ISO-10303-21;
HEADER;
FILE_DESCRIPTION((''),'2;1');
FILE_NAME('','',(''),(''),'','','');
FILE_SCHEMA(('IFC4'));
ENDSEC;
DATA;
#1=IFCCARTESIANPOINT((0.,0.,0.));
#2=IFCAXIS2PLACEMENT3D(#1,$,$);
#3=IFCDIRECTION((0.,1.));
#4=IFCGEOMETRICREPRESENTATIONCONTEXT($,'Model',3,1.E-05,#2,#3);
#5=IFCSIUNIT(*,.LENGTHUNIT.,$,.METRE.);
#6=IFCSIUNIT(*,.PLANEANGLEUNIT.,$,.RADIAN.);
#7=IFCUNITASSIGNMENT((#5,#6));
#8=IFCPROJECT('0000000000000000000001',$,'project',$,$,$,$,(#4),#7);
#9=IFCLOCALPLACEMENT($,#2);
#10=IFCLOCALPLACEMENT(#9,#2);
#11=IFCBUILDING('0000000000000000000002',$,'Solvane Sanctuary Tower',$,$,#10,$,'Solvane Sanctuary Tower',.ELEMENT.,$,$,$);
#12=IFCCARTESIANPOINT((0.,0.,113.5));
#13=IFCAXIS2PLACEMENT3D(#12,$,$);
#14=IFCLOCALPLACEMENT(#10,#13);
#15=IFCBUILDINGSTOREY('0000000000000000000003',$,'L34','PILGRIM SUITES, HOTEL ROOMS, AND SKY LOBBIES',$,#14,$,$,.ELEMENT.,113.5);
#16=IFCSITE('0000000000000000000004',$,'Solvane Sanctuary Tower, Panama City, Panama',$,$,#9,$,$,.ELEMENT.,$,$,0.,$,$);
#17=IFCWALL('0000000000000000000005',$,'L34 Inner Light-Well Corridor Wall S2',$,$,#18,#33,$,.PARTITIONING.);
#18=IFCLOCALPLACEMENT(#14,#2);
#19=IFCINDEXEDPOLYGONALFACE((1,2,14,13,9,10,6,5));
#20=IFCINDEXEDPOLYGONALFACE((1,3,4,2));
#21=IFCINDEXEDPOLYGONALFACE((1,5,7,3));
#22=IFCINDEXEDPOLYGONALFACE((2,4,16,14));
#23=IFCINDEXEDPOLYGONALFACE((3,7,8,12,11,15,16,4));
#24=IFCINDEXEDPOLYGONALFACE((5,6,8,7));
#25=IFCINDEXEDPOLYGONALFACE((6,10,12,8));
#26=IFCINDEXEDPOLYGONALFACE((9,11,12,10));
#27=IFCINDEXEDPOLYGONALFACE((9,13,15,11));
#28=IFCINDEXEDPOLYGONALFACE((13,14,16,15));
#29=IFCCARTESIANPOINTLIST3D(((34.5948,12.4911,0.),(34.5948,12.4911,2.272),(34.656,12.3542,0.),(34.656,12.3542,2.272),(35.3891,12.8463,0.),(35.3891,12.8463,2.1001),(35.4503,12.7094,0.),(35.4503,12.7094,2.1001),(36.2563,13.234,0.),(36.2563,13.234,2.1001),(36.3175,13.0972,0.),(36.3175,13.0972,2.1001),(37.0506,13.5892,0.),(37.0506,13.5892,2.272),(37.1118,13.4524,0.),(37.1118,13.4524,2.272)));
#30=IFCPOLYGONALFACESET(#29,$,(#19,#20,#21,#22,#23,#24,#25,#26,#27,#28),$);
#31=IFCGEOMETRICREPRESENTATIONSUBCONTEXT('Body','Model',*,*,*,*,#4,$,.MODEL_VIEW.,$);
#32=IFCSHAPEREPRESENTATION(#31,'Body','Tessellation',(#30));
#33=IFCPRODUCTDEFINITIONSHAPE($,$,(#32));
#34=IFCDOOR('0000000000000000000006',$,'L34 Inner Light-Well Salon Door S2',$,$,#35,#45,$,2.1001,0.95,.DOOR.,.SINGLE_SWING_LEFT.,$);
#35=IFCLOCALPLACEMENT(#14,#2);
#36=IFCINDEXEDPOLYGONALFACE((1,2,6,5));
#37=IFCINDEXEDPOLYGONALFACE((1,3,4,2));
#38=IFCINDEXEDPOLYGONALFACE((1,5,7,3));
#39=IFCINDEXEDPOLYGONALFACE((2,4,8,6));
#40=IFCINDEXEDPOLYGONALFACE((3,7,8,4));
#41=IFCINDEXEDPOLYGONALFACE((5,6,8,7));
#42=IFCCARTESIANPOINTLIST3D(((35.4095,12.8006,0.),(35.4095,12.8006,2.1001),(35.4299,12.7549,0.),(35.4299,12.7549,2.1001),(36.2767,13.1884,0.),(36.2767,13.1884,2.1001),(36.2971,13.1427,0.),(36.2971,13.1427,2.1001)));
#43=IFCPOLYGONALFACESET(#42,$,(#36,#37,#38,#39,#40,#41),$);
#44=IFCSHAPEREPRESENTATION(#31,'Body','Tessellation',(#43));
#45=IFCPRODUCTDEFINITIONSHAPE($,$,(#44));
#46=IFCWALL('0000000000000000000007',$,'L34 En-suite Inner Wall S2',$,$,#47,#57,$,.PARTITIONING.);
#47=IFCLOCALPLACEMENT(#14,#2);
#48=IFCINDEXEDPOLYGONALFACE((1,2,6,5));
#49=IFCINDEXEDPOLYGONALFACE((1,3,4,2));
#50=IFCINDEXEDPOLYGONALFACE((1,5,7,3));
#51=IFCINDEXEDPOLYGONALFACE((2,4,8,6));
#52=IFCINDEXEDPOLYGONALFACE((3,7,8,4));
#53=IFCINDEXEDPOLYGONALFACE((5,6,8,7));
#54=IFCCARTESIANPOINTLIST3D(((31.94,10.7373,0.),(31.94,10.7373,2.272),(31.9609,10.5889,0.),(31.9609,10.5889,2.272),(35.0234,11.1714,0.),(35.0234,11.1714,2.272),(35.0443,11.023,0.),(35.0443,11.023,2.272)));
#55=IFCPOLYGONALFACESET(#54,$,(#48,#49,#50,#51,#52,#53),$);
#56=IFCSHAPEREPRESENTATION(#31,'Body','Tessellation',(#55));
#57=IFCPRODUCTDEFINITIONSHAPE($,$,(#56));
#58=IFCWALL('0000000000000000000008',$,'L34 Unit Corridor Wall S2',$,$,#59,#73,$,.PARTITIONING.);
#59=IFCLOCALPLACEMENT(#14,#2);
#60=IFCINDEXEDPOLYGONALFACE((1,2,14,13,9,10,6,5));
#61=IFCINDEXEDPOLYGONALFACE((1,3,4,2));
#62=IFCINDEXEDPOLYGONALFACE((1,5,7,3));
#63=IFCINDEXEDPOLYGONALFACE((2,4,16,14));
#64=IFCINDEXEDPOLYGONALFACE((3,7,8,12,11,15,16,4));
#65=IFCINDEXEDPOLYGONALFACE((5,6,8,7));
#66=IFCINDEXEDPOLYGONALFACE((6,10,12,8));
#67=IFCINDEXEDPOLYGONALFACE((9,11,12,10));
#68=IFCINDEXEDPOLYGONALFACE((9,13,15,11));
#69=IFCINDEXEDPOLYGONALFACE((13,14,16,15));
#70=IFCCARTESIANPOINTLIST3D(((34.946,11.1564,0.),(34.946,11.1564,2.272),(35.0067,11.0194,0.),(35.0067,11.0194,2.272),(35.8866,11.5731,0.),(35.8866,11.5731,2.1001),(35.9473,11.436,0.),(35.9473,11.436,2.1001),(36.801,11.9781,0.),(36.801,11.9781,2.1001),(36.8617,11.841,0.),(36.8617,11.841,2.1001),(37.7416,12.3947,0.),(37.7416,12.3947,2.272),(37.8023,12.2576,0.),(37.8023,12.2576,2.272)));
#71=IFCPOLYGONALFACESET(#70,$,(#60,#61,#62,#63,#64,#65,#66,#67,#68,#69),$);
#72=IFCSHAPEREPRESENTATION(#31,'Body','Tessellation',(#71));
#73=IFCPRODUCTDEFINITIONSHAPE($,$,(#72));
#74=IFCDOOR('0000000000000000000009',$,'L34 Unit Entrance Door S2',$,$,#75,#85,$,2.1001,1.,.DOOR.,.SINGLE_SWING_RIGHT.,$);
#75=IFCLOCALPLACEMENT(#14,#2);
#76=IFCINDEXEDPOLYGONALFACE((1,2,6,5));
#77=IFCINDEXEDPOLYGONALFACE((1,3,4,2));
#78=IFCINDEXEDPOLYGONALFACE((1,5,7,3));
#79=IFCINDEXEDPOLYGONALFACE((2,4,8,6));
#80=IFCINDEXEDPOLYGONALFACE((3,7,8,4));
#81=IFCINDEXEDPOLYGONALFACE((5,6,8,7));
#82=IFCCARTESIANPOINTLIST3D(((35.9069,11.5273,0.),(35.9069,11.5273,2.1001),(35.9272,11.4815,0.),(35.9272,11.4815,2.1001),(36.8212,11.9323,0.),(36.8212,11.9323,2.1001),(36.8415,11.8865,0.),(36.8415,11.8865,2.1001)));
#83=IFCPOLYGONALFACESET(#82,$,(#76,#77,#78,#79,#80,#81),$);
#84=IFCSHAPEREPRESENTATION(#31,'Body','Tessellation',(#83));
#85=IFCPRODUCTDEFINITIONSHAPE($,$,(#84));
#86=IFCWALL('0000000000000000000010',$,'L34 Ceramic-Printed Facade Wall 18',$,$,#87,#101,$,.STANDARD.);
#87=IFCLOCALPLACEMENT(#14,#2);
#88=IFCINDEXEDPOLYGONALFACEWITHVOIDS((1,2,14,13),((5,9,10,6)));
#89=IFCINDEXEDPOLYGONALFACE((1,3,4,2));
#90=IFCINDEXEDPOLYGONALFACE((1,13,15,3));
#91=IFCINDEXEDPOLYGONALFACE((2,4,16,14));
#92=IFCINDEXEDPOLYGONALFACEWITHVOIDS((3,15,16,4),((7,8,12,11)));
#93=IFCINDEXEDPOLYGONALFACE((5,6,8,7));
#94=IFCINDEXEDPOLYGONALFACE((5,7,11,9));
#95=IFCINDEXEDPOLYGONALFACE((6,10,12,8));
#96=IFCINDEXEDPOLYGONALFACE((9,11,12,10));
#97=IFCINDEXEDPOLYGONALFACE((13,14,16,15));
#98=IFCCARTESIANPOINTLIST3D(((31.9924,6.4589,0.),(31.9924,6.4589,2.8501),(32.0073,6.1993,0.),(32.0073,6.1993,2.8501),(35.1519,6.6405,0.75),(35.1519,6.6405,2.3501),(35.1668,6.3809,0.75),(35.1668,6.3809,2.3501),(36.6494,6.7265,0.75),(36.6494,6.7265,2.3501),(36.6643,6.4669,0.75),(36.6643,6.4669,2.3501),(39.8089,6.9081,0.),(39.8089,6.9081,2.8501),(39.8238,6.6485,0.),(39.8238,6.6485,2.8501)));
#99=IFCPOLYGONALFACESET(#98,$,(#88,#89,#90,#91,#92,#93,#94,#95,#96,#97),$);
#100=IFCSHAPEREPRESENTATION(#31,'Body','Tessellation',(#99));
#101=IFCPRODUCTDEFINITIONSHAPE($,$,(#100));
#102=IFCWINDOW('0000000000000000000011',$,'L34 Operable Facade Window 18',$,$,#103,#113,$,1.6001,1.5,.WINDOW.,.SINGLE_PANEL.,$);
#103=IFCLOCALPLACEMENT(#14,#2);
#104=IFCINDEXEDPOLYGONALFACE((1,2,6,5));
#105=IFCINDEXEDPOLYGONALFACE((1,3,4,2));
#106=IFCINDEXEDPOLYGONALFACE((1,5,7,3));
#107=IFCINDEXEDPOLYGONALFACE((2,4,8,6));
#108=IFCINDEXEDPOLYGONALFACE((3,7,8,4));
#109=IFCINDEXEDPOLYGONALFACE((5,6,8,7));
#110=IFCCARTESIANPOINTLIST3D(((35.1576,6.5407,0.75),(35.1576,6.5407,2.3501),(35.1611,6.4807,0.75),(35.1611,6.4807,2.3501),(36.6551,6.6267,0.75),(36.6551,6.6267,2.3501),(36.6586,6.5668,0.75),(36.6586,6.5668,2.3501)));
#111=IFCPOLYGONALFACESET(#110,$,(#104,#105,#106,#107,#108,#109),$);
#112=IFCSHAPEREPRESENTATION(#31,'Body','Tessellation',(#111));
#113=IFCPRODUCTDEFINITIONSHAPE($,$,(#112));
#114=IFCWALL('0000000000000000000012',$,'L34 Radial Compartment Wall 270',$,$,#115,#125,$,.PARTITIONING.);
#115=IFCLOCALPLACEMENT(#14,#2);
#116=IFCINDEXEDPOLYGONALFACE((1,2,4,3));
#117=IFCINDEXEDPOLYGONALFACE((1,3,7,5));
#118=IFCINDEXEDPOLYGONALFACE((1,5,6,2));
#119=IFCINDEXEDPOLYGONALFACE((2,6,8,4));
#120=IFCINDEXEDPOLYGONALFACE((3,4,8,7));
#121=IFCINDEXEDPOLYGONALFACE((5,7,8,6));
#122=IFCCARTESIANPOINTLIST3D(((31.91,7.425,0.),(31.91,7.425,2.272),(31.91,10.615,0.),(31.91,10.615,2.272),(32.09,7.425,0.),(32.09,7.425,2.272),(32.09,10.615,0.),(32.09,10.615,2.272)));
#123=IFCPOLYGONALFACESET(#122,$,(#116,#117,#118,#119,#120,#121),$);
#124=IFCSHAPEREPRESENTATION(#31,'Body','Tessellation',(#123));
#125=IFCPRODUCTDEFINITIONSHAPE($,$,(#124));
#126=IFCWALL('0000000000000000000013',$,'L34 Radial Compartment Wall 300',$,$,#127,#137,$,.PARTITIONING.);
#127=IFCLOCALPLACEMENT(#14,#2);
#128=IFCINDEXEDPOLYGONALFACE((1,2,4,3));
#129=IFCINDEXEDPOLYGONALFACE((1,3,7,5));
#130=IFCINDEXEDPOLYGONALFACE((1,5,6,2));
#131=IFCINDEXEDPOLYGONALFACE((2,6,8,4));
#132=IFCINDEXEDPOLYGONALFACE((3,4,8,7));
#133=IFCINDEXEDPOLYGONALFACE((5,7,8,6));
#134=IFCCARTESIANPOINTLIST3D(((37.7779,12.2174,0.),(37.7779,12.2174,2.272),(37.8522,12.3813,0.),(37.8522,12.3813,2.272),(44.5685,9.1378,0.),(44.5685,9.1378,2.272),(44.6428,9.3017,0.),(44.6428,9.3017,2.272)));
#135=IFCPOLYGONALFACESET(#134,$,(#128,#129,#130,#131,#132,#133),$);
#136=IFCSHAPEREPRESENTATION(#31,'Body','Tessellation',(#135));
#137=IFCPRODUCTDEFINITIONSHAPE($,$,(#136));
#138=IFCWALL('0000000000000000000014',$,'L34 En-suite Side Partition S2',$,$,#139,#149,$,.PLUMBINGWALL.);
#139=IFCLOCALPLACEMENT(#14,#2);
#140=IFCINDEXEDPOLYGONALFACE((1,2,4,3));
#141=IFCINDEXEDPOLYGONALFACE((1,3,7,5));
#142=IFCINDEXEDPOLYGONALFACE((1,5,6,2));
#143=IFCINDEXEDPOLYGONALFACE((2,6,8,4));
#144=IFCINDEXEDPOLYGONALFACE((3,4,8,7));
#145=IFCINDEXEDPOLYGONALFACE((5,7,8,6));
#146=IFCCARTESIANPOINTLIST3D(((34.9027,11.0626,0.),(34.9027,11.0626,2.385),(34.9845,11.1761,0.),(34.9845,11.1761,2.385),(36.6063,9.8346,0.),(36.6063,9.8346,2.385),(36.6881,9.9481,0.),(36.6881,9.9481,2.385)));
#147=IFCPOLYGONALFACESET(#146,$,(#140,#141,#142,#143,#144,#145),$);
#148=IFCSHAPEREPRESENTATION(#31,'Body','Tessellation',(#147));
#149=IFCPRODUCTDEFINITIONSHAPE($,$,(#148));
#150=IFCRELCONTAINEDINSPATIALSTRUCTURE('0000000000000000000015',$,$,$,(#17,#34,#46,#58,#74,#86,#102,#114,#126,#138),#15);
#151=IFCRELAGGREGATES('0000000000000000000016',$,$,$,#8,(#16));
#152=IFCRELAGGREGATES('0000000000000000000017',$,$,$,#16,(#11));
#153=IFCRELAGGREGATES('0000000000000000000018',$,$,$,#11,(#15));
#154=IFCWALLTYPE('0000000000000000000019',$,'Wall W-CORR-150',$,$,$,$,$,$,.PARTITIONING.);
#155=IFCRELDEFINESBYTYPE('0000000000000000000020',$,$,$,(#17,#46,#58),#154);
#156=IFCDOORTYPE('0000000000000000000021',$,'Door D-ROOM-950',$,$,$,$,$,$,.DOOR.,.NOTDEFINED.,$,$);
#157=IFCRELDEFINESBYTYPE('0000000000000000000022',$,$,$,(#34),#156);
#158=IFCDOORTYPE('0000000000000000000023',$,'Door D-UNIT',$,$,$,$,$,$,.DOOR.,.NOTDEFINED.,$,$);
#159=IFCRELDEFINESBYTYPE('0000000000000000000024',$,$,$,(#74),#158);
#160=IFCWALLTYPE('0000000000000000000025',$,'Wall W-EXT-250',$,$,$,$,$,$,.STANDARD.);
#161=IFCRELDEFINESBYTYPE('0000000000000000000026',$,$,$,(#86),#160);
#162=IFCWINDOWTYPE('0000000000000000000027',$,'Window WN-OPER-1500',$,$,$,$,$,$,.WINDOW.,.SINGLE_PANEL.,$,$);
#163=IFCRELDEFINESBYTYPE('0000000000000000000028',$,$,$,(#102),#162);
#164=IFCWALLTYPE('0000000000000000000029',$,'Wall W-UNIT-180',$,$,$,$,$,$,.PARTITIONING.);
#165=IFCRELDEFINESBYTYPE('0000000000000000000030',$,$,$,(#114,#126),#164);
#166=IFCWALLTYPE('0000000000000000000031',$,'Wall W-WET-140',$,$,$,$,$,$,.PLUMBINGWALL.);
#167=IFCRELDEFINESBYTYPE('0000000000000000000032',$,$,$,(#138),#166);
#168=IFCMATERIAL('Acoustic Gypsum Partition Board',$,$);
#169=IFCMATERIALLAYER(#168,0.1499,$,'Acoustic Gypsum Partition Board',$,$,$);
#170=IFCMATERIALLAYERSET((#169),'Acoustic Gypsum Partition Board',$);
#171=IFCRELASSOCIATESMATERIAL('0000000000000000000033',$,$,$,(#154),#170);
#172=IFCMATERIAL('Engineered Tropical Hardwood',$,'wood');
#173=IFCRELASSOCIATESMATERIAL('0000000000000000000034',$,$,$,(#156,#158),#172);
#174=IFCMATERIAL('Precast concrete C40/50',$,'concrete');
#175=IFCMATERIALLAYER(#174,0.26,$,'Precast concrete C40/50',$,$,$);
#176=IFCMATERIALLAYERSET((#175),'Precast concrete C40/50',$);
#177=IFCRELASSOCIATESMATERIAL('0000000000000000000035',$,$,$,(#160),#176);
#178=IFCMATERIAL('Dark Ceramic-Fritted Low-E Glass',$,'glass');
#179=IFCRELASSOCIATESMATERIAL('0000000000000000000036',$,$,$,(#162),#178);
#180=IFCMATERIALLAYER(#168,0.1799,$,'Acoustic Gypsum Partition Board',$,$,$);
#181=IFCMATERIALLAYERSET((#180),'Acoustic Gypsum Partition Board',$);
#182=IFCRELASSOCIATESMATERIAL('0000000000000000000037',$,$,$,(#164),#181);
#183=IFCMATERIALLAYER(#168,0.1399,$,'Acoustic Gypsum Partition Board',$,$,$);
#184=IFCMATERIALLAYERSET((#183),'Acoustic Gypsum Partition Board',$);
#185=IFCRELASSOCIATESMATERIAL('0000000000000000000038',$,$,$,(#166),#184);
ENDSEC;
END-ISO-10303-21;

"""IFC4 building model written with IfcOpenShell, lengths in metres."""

from ifc_helpers import new_model, si_unit, direction, frame, frame_2d, origin, place, context, subcontext, project, spatial, rectangle, extrude, material, layer, layer_set, type_object, element, fill, save


model = new_model("IFC4")

# Units and contexts
model_context = context("Model", 3, precision=1e-05, world=origin(), true_north=direction((0.0, 1.0)))
body_context = subcontext(model_context, "Body", "Model", "MODEL_VIEW")
ifc_project = project(units=[si_unit("LENGTHUNIT", "METRE"), si_unit("PLANEANGLEUNIT", "RADIAN")], contexts=[model_context])

# Site, building, storey
site_placement = place(None, origin())
site = spatial("IfcSite", under=ifc_project, at=site_placement, Name="Solvane Sanctuary Tower, Panama City, Panama", CompositionType="ELEMENT", RefElevation=0.0)
building_placement = place(site_placement, origin())
building = spatial("IfcBuilding", under=site, at=building_placement, Name="Solvane Sanctuary Tower", LongName="Solvane Sanctuary Tower", CompositionType="ELEMENT")
storey_placement = place(building_placement, frame((0.0, 0.0, 113.5)))
storey = spatial("IfcBuildingStorey", under=building, at=storey_placement, Name="L34", Description="PILGRIM SUITES, HOTEL ROOMS, AND SKY LOBBIES", CompositionType="ELEMENT", Elevation=113.5)

# Shared definitions
ifc_material_1 = material(Name="Acoustic Gypsum Partition Board")
ifc_layer_1 = layer(ifc_material_1, 0.1499, Name="Acoustic Gypsum Partition Board")
ifc_layer_set_1 = layer_set([ifc_layer_1], Name="Acoustic Gypsum Partition Board")
wall_type_1 = type_object("IfcWallType", Name="Wall W-CORR-150", PredefinedType="PARTITIONING", material=ifc_layer_set_1)

# Shared definitions
ifc_material_2 = material(Name="Engineered Tropical Hardwood", Category="wood")

# Wall, opening, door
wall_1_placement = place(storey_placement, frame((34.6252, 12.4226, 0.0), z_axis=(0.0, 0.0, 1.0), x_axis=(0.912889, 0.408209, 0.0)))
wall_1 = element("IfcWall", 1, at=wall_1_placement, inside=storey, type_object=wall_type_1, Name="L34 Inner Light-Well Corridor Wall S2", PredefinedType="PARTITIONING", context=body_context, shape_type="SweptSolid", body=[
    extrude(rectangle(XDim=2.6902, YDim=0.1499, at=frame_2d((1.3452, 0.0))), origin(), (0.0, 0.0, 1.0), 2.272),
])
opening_1_placement = place(wall_1_placement, frame((0.8701, 0.0, 0.0)))
opening_1 = element("IfcOpeningElement", 2, at=opening_1_placement, cuts=wall_1, PredefinedType="OPENING", context=body_context, shape_type="SweptSolid", body=[
    extrude(rectangle(XDim=0.95, YDim=2.1001, at=frame_2d((0.4751, 1.05))), frame((0.0, 0.085, 0.0), z_axis=(0.0, -1.0, 0.0), x_axis=(1.0, 0.0, 0.0)), (0.0, 0.0, 1.0), 0.1699),
])
door_type_1 = type_object("IfcDoorType", Name="Door D-ROOM-950", OperationType="NOTDEFINED", PredefinedType="DOOR", material=ifc_material_2)
door_1_placement = place(opening_1_placement, origin())
door_1 = element("IfcDoor", 3, at=door_1_placement, inside=storey, type_object=door_type_1, Name="L34 Inner Light-Well Salon Door S2", OperationType="SINGLE_SWING_LEFT", OverallHeight=2.1001, OverallWidth=0.95, PredefinedType="DOOR", context=body_context, shape_type="SweptSolid", body=[
    extrude(rectangle(XDim=0.95, YDim=2.1001, at=frame_2d((0.4751, 1.05))), frame((0.0, 0.0249, 0.0), z_axis=(0.0, -1.0, 0.0), x_axis=(1.0, 0.0, 0.0)), (0.0, 0.0, 1.0), 0.05),
])
fill(opening_1, door_1)

# Wall
wall_2_placement = place(storey_placement, frame((31.9504, 10.6631, 0.0), z_axis=(0.0, 0.0, 1.0), x_axis=(0.990234, 0.139412, 0.0)))
element("IfcWall", 4, at=wall_2_placement, inside=storey, type_object=wall_type_1, Name="L34 En-suite Inner Wall S2", PredefinedType="PARTITIONING", context=body_context, shape_type="SweptSolid", body=[
    extrude(rectangle(XDim=3.1138, YDim=0.1499, at=frame_2d((1.5569, 0.0))), origin(), (0.0, 0.0, 1.0), 2.272),
])

# Wall, opening, door
wall_3_placement = place(storey_placement, frame((34.9763, 11.0879, 0.0), z_axis=(0.0, 0.0, 1.0), x_axis=(0.914324, 0.404982, 0.0)))
wall_3 = element("IfcWall", 5, at=wall_3_placement, inside=storey, type_object=wall_type_1, Name="L34 Unit Corridor Wall S2", PredefinedType="PARTITIONING", context=body_context, shape_type="SweptSolid", body=[
    extrude(rectangle(XDim=3.0576, YDim=0.1499, at=frame_2d((1.5288, 0.0))), origin(), (0.0, 0.0, 1.0), 2.272),
])
opening_2_placement = place(wall_3_placement, frame((1.0288, 0.0, 0.0)))
opening_2 = element("IfcOpeningElement", 6, at=opening_2_placement, cuts=wall_3, PredefinedType="OPENING", context=body_context, shape_type="SweptSolid", body=[
    extrude(rectangle(XDim=1.0, YDim=2.1001, at=frame_2d((0.5, 1.05))), frame((0.0, 0.085, 0.0), z_axis=(0.0, -1.0, 0.0), x_axis=(1.0, 0.0, 0.0)), (0.0, 0.0, 1.0), 0.1699),
])
door_type_2 = type_object("IfcDoorType", Name="Door D-UNIT", OperationType="NOTDEFINED", PredefinedType="DOOR", material=ifc_material_2)
door_2_placement = place(opening_2_placement, origin())
door_2 = element("IfcDoor", 7, at=door_2_placement, inside=storey, type_object=door_type_2, Name="L34 Unit Entrance Door S2", OperationType="SINGLE_SWING_RIGHT", OverallHeight=2.1001, OverallWidth=1.0, PredefinedType="DOOR", context=body_context, shape_type="SweptSolid", body=[
    extrude(rectangle(XDim=1.0, YDim=2.1001, at=frame_2d((0.5, 1.05))), frame((0.0, 0.0249, 0.0), z_axis=(0.0, -1.0, 0.0), x_axis=(1.0, 0.0, 0.0)), (0.0, 0.0, 1.0), 0.05),
])
fill(opening_2, door_2)

# Wall, opening, window
ifc_material_3 = material(Name="Precast concrete C40/50", Category="concrete")
ifc_layer_2 = layer(ifc_material_3, 0.26, Name="Precast concrete C40/50")
ifc_layer_set_2 = layer_set([ifc_layer_2], Name="Precast concrete C40/50")
wall_type_2 = type_object("IfcWallType", Name="Wall W-EXT-250", PredefinedType="STANDARD", material=ifc_layer_set_2)
wall_4_placement = place(storey_placement, frame((32.0, 6.3291, 0.0), z_axis=(0.0, 0.0, 1.0), x_axis=(0.998353, 0.057377, 0.0)))
wall_4 = element("IfcWall", 8, at=wall_4_placement, inside=storey, type_object=wall_type_2, Name="L34 Ceramic-Printed Facade Wall 18", PredefinedType="STANDARD", context=body_context, shape_type="SweptSolid", body=[
    extrude(rectangle(XDim=7.8293, YDim=0.26, at=frame_2d((3.9146, 0.0))), origin(), (0.0, 0.0, 1.0), 2.8501),
])
opening_3_placement = place(wall_4_placement, frame((3.1646, 0.0, 0.75)))
opening_3 = element("IfcOpeningElement", 9, at=opening_3_placement, cuts=wall_4, PredefinedType="OPENING", context=body_context, shape_type="SweptSolid", body=[
    extrude(rectangle(XDim=1.5, YDim=1.6001, at=frame_2d((0.75, 0.8))), frame((0.0, 0.1399, 0.0), z_axis=(0.0, -1.0, 0.0), x_axis=(1.0, 0.0, 0.0)), (0.0, 0.0, 1.0), 0.28),
])
ifc_material_4 = material(Name="Dark Ceramic-Fritted Low-E Glass", Category="glass")
window_type = type_object("IfcWindowType", Name="Window WN-OPER-1500", PartitioningType="SINGLE_PANEL", PredefinedType="WINDOW", material=ifc_material_4)
window_placement = place(opening_3_placement, origin())
window = element("IfcWindow", 10, at=window_placement, inside=storey, type_object=window_type, Name="L34 Operable Facade Window 18", OverallHeight=1.6001, OverallWidth=1.5, PartitioningType="SINGLE_PANEL", PredefinedType="WINDOW", context=body_context, shape_type="SweptSolid", body=[
    extrude(rectangle(XDim=1.5, YDim=1.6001, at=frame_2d((0.75, 0.8))), frame((0.0, 0.03, 0.0), z_axis=(0.0, -1.0, 0.0), x_axis=(1.0, 0.0, 0.0)), (0.0, 0.0, 1.0), 0.0601),
])
fill(opening_3, window)

# Walls
ifc_layer_3 = layer(ifc_material_1, 0.1799, Name="Acoustic Gypsum Partition Board")
ifc_layer_set_3 = layer_set([ifc_layer_3], Name="Acoustic Gypsum Partition Board")
wall_type_3 = type_object("IfcWallType", Name="Wall W-UNIT-180", PredefinedType="PARTITIONING", material=ifc_layer_set_3)
wall_5_placement = place(storey_placement, frame((32.0, 10.615, 0.0), z_axis=(0.0, 0.0, 1.0), x_axis=(0.0, -1.0, 0.0)))
element("IfcWall", 11, at=wall_5_placement, inside=storey, type_object=wall_type_3, Name="L34 Radial Compartment Wall 270", PredefinedType="PARTITIONING", context=body_context, shape_type="SweptSolid", body=[
    extrude(rectangle(XDim=3.1899, YDim=0.1799, at=frame_2d((1.595, 0.0))), origin(), (0.0, 0.0, 1.0), 2.272),
])
wall_6_placement = place(storey_placement, frame((37.8152, 12.2993, 0.0), z_axis=(0.0, 0.0, 1.0), x_axis=(0.91072, -0.413023, 0.0)))
element("IfcWall", 12, at=wall_6_placement, inside=storey, type_object=wall_type_3, Name="L34 Radial Compartment Wall 300", PredefinedType="PARTITIONING", context=body_context, shape_type="SweptSolid", body=[
    extrude(rectangle(XDim=7.4563, YDim=0.1799, at=frame_2d((3.728, 0.0))), origin(), (0.0, 0.0, 1.0), 2.272),
])
ifc_layer_4 = layer(ifc_material_1, 0.1399, Name="Acoustic Gypsum Partition Board")
ifc_layer_set_4 = layer_set([ifc_layer_4], Name="Acoustic Gypsum Partition Board")
wall_type_4 = type_object("IfcWallType", Name="Wall W-WET-140", PredefinedType="PLUMBINGWALL", material=ifc_layer_set_4)
wall_7_placement = place(storey_placement, frame((34.9436, 11.1194, 0.0), z_axis=(0.0, 0.0, 1.0), x_axis=(0.811212, -0.584752, 0.0)))
element("IfcWall", 13, at=wall_7_placement, inside=storey, type_object=wall_type_4, Name="L34 En-suite Side Partition S2", PredefinedType="PLUMBINGWALL", context=body_context, shape_type="SweptSolid", body=[
    extrude(rectangle(XDim=2.1001, YDim=0.1399, at=frame_2d((1.05, 0.0))), origin(), (0.0, 0.0, 1.0), 2.385),
])

save(model, "model.ifc")
